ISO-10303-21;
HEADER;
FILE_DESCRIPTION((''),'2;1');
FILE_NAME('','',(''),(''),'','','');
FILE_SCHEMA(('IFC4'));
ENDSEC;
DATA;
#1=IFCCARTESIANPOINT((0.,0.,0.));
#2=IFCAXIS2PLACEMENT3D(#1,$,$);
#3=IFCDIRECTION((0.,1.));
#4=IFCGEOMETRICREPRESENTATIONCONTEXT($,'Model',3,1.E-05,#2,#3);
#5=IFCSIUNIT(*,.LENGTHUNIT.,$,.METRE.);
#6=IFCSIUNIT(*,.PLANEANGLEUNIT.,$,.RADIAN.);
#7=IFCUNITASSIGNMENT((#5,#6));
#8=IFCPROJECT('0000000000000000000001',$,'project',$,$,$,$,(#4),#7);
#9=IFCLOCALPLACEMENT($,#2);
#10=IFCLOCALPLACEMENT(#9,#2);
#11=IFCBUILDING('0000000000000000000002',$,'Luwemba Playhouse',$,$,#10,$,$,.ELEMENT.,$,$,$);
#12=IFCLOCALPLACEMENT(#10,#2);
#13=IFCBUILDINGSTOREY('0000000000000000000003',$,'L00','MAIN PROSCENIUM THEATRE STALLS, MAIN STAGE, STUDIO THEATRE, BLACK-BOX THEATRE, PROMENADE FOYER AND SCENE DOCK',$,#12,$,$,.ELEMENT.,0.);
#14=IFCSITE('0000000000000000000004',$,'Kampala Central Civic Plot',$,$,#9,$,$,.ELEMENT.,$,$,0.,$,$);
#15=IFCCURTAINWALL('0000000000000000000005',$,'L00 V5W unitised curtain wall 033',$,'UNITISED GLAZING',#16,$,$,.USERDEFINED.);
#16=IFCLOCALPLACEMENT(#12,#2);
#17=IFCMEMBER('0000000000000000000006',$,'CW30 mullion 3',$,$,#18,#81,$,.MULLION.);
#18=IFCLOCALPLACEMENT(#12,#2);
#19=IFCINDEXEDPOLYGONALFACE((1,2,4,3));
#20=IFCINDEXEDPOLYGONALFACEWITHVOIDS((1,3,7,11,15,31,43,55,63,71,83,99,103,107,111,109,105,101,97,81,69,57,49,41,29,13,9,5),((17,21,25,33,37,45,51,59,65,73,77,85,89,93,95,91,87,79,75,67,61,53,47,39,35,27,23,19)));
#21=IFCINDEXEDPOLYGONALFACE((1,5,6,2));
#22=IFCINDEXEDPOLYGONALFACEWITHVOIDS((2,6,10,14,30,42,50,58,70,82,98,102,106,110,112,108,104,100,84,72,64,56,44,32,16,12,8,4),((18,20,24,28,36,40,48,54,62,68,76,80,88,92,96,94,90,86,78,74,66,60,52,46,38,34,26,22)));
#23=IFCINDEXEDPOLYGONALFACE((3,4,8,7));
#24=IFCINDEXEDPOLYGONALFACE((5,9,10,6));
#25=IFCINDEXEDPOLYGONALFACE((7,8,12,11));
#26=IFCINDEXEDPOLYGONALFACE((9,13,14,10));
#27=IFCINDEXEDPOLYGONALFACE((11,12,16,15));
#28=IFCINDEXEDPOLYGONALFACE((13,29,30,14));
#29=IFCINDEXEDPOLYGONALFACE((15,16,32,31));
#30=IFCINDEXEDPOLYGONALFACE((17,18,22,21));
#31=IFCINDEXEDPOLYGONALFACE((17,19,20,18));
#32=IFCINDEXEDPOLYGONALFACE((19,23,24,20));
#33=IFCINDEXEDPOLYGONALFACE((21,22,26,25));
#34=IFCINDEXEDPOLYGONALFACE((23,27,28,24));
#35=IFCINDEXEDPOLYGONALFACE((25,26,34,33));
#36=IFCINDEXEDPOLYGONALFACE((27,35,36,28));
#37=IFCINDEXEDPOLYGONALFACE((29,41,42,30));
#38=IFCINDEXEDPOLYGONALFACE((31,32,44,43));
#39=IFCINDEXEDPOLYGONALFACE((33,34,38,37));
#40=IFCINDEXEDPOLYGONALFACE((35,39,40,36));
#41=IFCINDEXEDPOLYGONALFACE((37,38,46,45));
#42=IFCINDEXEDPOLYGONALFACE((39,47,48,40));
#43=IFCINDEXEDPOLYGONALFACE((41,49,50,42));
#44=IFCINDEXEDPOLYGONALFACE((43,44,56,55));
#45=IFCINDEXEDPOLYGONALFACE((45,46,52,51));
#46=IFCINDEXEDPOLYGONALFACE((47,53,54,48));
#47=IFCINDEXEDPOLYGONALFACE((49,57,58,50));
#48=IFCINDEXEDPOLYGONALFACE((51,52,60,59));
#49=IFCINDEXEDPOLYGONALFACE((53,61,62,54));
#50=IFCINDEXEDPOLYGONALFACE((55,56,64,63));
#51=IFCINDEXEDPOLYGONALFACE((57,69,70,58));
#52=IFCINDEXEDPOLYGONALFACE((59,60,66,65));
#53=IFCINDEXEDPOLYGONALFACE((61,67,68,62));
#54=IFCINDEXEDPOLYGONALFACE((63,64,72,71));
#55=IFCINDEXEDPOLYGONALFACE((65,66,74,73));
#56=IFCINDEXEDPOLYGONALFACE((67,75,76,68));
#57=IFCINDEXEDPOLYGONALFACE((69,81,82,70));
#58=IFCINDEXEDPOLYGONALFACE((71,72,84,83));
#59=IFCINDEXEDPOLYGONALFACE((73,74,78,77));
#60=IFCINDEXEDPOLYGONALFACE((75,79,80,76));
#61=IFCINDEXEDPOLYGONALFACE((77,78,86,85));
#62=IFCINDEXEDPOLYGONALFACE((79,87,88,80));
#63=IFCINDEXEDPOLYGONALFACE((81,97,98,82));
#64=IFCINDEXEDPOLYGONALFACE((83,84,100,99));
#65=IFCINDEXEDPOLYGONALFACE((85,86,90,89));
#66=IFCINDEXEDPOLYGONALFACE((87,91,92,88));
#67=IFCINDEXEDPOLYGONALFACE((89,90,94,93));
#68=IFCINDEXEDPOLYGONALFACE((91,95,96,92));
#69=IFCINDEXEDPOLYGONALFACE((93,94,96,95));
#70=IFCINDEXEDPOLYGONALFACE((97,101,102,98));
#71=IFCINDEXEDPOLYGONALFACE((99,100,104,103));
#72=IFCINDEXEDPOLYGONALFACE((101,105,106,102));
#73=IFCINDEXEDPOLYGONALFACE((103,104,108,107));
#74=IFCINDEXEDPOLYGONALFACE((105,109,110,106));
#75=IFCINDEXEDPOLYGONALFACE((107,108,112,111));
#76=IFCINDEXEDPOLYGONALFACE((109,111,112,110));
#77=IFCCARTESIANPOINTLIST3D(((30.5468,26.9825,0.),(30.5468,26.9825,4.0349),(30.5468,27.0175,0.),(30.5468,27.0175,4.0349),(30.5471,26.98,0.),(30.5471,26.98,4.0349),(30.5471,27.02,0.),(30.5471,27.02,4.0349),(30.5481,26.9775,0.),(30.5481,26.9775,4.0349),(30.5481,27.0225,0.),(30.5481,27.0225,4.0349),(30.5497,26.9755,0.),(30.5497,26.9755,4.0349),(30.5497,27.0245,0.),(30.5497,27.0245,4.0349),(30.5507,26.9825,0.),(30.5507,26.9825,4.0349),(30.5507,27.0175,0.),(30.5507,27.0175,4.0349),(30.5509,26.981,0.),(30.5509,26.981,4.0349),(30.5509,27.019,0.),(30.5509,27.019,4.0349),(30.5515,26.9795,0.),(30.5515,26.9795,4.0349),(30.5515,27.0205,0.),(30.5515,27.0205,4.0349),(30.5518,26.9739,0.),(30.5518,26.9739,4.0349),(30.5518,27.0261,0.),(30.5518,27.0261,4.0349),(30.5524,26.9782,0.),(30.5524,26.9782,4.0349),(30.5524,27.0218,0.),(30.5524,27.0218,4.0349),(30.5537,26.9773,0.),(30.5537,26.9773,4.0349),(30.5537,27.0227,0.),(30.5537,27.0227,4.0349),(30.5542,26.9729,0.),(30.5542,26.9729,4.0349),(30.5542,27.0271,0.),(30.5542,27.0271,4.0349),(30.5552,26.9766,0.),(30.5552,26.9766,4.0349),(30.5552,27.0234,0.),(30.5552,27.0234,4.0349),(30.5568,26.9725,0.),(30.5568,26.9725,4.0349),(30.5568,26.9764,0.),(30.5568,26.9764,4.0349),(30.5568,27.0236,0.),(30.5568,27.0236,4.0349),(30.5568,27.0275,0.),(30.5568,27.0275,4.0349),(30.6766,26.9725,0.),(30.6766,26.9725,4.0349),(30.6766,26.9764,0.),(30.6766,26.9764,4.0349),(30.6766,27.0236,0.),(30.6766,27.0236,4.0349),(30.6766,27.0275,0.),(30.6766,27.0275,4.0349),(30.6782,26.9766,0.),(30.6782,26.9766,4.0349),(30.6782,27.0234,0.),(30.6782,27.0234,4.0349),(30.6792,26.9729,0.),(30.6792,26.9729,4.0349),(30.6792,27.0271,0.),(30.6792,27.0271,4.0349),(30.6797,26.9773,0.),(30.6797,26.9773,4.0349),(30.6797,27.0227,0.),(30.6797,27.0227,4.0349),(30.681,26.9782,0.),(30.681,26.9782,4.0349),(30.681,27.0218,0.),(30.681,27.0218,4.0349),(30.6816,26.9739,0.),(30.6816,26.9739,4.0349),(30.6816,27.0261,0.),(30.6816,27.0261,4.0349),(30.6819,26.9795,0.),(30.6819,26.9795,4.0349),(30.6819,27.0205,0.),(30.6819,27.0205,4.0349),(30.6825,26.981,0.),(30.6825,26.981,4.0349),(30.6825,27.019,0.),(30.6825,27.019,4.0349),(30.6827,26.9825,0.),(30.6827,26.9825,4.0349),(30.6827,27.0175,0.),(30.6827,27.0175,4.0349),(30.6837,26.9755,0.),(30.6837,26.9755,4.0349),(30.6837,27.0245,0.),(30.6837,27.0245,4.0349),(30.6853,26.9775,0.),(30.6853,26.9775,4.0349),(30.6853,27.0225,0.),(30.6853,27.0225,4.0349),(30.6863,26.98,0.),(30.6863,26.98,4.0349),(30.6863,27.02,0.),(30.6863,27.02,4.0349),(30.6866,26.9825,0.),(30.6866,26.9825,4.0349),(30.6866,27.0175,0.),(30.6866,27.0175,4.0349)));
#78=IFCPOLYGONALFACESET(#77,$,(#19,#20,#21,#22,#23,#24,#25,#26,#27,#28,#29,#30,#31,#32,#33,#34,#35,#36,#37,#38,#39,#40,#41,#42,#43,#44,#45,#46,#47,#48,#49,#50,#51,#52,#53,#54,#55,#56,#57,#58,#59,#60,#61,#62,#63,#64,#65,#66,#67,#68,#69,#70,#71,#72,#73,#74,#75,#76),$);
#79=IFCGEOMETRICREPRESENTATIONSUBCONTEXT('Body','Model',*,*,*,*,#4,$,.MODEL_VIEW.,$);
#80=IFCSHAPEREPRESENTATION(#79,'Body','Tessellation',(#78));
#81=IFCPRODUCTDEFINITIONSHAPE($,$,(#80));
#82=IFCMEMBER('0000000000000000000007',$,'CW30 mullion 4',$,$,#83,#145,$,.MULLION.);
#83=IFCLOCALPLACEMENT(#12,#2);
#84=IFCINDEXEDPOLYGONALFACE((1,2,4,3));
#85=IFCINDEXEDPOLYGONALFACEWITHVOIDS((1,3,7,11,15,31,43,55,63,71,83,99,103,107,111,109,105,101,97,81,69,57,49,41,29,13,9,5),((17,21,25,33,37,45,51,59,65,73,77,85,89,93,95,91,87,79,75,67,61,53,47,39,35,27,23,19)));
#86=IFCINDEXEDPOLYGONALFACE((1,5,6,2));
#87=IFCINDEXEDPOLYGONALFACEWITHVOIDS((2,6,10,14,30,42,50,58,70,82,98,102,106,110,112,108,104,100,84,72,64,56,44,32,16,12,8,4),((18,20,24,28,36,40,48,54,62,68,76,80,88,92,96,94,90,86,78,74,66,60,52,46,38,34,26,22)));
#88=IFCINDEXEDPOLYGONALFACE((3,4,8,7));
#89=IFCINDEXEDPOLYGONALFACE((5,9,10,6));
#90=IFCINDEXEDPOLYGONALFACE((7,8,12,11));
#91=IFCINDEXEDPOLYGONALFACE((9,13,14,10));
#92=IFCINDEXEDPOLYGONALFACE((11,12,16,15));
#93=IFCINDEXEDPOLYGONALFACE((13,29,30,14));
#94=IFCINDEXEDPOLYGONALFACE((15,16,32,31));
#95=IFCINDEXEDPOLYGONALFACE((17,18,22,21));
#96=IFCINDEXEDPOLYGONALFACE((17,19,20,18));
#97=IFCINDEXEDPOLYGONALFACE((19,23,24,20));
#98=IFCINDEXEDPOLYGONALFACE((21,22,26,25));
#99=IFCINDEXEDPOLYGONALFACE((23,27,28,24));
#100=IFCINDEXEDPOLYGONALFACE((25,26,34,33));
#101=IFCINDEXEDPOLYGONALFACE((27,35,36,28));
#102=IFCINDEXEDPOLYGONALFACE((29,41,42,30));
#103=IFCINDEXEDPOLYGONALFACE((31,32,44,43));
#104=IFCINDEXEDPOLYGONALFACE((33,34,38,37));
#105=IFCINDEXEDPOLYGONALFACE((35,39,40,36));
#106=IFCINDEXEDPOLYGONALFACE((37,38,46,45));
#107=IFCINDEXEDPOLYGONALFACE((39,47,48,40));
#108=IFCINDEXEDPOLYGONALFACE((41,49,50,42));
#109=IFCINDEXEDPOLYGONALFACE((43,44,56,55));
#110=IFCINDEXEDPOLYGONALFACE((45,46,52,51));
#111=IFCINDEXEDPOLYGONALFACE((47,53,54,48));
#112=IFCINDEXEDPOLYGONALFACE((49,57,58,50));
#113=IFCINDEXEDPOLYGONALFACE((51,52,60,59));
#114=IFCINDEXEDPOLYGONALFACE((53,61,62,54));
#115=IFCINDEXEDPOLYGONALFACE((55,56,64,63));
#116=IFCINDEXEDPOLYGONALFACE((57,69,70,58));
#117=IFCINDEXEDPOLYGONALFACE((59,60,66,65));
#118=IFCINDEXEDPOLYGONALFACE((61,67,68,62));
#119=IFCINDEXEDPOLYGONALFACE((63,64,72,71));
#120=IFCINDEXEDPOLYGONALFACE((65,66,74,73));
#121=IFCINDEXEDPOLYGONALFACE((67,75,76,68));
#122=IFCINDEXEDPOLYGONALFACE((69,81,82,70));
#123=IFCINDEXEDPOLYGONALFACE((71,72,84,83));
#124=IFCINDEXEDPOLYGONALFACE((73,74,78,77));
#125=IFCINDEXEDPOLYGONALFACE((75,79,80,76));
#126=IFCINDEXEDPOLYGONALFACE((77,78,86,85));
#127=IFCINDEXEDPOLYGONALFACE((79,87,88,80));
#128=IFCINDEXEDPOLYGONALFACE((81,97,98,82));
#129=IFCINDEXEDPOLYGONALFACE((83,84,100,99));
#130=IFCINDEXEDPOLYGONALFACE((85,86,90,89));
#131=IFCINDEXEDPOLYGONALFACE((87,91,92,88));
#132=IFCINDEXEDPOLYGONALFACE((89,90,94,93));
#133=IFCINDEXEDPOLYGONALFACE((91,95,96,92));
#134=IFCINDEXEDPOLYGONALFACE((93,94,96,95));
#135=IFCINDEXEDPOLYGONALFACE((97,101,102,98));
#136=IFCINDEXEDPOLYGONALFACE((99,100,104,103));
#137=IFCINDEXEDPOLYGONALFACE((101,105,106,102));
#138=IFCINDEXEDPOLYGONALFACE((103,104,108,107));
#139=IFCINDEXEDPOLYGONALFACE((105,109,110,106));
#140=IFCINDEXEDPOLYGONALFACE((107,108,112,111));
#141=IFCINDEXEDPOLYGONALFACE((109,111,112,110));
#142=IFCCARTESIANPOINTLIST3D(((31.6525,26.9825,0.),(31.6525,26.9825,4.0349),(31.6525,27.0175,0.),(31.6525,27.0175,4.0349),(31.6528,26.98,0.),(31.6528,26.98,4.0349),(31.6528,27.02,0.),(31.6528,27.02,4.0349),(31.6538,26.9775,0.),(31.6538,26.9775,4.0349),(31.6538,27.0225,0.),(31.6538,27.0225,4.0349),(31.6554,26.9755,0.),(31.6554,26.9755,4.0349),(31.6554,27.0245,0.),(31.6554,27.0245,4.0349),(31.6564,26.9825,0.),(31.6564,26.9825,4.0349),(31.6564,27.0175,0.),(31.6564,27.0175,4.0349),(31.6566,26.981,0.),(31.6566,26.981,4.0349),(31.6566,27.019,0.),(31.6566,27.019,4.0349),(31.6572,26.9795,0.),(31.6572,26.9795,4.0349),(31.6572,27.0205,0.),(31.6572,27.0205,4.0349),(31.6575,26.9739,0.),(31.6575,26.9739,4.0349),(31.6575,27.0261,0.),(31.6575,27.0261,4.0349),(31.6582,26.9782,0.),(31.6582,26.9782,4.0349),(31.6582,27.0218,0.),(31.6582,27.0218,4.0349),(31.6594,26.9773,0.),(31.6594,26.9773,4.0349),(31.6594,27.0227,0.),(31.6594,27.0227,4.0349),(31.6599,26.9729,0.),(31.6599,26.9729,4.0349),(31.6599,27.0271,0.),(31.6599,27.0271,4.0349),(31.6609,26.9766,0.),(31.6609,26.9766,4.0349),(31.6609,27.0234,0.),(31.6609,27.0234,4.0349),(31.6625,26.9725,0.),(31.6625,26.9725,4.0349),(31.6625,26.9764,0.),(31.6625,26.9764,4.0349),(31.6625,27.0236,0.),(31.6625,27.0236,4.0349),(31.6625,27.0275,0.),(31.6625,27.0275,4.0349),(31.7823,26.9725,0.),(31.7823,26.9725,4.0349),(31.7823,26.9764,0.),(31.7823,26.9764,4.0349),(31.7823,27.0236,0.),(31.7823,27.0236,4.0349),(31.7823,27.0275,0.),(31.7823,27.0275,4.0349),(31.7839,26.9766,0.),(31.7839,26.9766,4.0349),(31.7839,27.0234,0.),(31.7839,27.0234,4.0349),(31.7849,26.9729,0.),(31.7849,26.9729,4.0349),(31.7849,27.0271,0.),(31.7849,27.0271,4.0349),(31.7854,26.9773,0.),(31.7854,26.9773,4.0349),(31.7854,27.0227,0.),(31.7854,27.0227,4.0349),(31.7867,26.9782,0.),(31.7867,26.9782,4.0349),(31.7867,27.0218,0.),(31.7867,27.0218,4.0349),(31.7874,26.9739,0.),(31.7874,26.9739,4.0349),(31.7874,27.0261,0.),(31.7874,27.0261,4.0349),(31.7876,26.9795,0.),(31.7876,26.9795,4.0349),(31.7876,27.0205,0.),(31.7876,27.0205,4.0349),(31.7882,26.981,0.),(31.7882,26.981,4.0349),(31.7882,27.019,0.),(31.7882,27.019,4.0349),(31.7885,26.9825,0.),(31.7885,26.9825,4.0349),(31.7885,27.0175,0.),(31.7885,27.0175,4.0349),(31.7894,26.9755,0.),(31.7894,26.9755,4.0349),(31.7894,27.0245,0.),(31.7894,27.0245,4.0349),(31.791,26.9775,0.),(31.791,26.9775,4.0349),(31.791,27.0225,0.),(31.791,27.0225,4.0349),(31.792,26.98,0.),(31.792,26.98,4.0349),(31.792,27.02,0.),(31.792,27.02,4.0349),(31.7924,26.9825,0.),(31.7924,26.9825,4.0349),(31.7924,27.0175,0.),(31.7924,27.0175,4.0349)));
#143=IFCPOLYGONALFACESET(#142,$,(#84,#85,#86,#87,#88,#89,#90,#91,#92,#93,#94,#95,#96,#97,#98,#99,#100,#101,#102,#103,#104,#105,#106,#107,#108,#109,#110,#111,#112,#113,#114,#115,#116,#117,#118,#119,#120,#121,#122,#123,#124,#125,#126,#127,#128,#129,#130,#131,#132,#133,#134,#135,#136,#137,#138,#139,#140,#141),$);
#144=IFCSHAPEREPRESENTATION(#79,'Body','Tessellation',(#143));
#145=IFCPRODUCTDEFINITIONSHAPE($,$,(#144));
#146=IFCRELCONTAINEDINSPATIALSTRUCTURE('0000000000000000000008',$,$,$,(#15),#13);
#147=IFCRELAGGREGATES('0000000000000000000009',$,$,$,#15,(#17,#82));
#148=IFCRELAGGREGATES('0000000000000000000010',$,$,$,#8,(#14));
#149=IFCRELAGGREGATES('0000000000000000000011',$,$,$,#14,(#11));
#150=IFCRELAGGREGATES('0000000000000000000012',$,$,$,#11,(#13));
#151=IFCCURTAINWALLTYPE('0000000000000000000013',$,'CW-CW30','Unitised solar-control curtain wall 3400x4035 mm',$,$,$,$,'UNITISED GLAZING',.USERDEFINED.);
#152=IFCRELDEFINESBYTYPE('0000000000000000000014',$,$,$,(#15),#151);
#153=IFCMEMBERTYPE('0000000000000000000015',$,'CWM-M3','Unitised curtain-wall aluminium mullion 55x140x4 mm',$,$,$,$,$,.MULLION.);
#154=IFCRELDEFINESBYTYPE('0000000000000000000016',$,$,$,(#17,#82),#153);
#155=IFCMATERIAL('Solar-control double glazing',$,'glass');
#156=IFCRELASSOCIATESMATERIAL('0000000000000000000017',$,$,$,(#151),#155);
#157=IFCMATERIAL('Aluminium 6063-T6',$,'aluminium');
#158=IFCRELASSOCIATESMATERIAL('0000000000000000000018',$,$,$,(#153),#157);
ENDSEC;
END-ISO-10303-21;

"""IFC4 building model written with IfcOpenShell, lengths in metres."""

from ifc_helpers import new_model, si_unit, direction, frame, origin, origin_2d, place, context, subcontext, project, spatial, hollow_rectangle, extrude, material, material_profile, profile_set, type_object, element, aggregate, save


model = new_model("IFC4")

# Units and contexts
model_context = context("Model", 3, precision=1e-05, world=origin(), true_north=direction((0.0, 1.0)))
body_context = subcontext(model_context, "Body", "Model", "MODEL_VIEW")
ifc_project = project(units=[si_unit("LENGTHUNIT", "METRE"), si_unit("PLANEANGLEUNIT", "RADIAN")], contexts=[model_context])

# Site, building, storey
site_placement = place(None, origin())
site = spatial("IfcSite", under=ifc_project, at=site_placement, Name="Kampala Central Civic Plot", CompositionType="ELEMENT", RefElevation=0.0)
building_placement = place(site_placement, origin())
building = spatial("IfcBuilding", under=site, at=building_placement, Name="Luwemba Playhouse", CompositionType="ELEMENT")
storey_placement = place(building_placement, origin())
storey = spatial("IfcBuildingStorey", under=building, at=storey_placement, Name="L00", Description="MAIN PROSCENIUM THEATRE STALLS, MAIN STAGE, STUDIO THEATRE, BLACK-BOX THEATRE, PROMENADE FOYER AND SCENE DOCK", CompositionType="ELEMENT", Elevation=0.0)

# Curtain wall, members
ifc_material_1 = material(Name="Solar-control double glazing", Category="glass")
curtain_wall_type = type_object("IfcCurtainWallType", Name="CW-CW30", Description="Unitised solar-control curtain wall 3400x4035 mm", ElementType="UNITISED GLAZING", PredefinedType="USERDEFINED", material=ifc_material_1)
curtain_wall_placement = place(storey_placement, origin())
curtain_wall = element("IfcCurtainWall", 1, at=curtain_wall_placement, inside=storey, type_object=curtain_wall_type, Name="L00 V5W unitised curtain wall 033", ObjectType="UNITISED GLAZING", PredefinedType="USERDEFINED")
ifc_material_2 = material(Name="Aluminium 6063-T6", Category="aluminium")
ifc_material_profile_1 = material_profile(ifc_material_2, hollow_rectangle(XDim=0.0549, YDim=0.1399, WallThickness=0.0039, InnerFilletRadius=0.0061, OuterFilletRadius=0.01, at=origin_2d()))
ifc_profile_set_1 = profile_set([ifc_material_profile_1], Name="Aluminium 6063-T6")
member_type_1 = type_object("IfcMemberType", Name="CWM-M3", Description="Unitised curtain-wall aluminium mullion 55x140x4 mm", PredefinedType="MULLION", material=ifc_profile_set_1)
member_1_placement = place(storey_placement, frame((30.6167, 27.0, 0.0), z_axis=(0.0, 0.0, 1.0), x_axis=(0.0, 1.0, 0.0)))
member_1 = element("IfcMember", 2, at=member_1_placement, type_object=member_type_1, Name="CW30 mullion 3", PredefinedType="MULLION", context=body_context, shape_type="SweptSolid", body=[
    extrude(hollow_rectangle(XDim=0.0549, YDim=0.1399, WallThickness=0.0039, InnerFilletRadius=0.0061, OuterFilletRadius=0.01, at=origin_2d()), origin(), (0.0, 0.0, 1.0), 4.0349),
])
member_2_placement = place(storey_placement, frame((31.7224, 27.0, 0.0), z_axis=(0.0, 0.0, 1.0), x_axis=(0.0, 1.0, 0.0)))
member_2 = element("IfcMember", 3, at=member_2_placement, type_object=member_type_1, Name="CW30 mullion 4", PredefinedType="MULLION", context=body_context, shape_type="SweptSolid", body=[
    extrude(hollow_rectangle(XDim=0.0549, YDim=0.1399, WallThickness=0.0039, InnerFilletRadius=0.0061, OuterFilletRadius=0.01, at=origin_2d()), origin(), (0.0, 0.0, 1.0), 4.0349),
])
aggregate(curtain_wall, [member_1, member_2])

save(model, "model.ifc")
